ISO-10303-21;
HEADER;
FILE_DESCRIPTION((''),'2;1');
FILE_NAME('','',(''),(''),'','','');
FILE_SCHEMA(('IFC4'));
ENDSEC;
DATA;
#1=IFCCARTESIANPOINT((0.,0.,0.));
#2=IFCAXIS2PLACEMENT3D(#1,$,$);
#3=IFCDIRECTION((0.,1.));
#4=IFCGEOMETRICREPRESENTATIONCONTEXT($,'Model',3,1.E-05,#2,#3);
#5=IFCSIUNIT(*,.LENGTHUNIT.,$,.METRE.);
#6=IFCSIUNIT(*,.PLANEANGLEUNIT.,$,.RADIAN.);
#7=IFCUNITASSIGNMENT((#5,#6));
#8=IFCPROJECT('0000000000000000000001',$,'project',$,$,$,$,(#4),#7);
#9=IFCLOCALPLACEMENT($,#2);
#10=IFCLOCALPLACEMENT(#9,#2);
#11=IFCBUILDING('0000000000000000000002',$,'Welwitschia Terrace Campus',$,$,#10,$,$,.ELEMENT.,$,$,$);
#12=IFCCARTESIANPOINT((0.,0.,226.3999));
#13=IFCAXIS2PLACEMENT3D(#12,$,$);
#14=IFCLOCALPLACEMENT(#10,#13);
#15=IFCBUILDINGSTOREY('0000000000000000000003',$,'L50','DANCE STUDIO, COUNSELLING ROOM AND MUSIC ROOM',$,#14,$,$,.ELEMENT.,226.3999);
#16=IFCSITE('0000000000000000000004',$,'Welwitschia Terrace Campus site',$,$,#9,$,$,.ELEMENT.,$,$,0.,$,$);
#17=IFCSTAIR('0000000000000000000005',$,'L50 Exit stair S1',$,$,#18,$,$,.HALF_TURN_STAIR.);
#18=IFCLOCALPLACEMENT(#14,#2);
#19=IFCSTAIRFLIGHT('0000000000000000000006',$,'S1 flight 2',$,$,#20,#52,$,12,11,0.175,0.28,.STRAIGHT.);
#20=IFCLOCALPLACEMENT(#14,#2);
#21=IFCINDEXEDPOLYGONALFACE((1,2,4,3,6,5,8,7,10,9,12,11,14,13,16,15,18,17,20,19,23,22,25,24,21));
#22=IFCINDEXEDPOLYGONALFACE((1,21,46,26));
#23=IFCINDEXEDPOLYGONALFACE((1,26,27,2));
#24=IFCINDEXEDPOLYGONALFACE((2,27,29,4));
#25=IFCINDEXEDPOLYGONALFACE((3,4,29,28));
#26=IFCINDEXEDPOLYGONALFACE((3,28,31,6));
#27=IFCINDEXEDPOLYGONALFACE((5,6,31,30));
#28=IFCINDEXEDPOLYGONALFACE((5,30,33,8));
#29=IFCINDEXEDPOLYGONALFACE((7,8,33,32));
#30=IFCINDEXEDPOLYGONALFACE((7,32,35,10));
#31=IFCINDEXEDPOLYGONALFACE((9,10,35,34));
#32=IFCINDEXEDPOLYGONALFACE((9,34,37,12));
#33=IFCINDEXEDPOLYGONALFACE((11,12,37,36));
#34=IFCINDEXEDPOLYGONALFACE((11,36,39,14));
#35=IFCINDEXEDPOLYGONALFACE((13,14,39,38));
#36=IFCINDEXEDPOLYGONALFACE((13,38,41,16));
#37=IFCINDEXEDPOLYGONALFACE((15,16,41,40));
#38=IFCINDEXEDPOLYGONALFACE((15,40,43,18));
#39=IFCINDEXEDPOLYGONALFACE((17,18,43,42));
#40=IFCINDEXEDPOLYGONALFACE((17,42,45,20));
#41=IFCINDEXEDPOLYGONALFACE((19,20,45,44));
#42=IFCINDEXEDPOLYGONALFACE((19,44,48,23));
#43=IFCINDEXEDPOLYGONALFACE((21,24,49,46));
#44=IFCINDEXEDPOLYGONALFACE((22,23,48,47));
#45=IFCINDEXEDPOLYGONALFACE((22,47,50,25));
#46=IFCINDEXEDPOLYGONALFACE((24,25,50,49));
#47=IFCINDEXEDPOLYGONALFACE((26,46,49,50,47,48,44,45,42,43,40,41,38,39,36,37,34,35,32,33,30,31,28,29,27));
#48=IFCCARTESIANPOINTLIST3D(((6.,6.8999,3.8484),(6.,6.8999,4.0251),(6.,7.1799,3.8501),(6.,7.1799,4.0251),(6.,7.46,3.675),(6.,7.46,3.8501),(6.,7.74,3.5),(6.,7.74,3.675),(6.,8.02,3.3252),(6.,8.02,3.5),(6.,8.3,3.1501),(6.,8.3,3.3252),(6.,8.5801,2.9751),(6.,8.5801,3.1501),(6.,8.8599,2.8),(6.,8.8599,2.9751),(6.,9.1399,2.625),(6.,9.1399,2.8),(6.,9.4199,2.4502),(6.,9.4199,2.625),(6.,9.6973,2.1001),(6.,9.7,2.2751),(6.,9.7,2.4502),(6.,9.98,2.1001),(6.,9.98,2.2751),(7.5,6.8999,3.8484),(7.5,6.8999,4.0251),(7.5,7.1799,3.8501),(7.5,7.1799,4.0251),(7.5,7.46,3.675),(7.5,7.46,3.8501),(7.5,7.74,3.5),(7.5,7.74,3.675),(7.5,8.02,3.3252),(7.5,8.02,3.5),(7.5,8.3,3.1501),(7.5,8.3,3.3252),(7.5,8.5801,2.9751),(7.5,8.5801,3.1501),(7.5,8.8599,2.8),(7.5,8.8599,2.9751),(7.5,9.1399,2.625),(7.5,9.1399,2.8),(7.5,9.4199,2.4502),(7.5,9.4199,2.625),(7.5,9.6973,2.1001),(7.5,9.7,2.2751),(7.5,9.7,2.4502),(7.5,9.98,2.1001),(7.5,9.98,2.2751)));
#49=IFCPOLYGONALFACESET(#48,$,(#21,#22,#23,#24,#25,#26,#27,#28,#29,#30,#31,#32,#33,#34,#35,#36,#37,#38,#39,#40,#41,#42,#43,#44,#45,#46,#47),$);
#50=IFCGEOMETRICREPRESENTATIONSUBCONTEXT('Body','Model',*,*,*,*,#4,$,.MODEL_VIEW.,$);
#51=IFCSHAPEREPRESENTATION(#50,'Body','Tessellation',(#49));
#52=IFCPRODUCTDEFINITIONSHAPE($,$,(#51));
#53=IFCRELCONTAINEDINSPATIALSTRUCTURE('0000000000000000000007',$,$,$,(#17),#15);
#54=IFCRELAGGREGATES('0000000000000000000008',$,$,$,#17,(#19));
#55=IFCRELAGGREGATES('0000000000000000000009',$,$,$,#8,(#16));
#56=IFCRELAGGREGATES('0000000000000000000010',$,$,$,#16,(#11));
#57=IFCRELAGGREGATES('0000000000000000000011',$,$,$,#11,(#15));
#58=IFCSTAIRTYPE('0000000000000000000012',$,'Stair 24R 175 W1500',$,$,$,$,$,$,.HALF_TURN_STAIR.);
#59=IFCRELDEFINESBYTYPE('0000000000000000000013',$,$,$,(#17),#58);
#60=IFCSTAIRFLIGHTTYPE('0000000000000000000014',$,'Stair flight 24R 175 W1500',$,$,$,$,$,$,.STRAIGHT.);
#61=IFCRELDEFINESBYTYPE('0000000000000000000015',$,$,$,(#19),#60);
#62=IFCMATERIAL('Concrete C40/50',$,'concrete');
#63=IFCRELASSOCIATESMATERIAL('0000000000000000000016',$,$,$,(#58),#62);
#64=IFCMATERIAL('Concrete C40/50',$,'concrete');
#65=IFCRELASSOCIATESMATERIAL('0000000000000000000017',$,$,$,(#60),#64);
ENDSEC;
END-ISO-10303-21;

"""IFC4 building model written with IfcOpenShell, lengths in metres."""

from ifc_helpers import new_model, si_unit, direction, frame, origin, place, context, subcontext, project, spatial, polyline, outline, extrude, material, type_object, element, aggregate, save


model = new_model("IFC4")

# Units and contexts
model_context = context("Model", 3, precision=1e-05, world=origin(), true_north=direction((0.0, 1.0)))
body_context = subcontext(model_context, "Body", "Model", "MODEL_VIEW")
ifc_project = project(units=[si_unit("LENGTHUNIT", "METRE"), si_unit("PLANEANGLEUNIT", "RADIAN")], contexts=[model_context])

# Site, building, storey
site_placement = place(None, origin())
site = spatial("IfcSite", under=ifc_project, at=site_placement, Name="Welwitschia Terrace Campus site", CompositionType="ELEMENT", RefElevation=0.0)
building_placement = place(site_placement, origin())
building = spatial("IfcBuilding", under=site, at=building_placement, Name="Welwitschia Terrace Campus", CompositionType="ELEMENT")
storey_placement = place(building_placement, frame((0.0, 0.0, 226.3999)))
storey = spatial("IfcBuildingStorey", under=building, at=storey_placement, Name="L50", Description="DANCE STUDIO, COUNSELLING ROOM AND MUSIC ROOM", CompositionType="ELEMENT", Elevation=226.3999)

# Stair, stair flight
ifc_material_1 = material(Name="Concrete C40/50", Category="concrete")
stair_type = type_object("IfcStairType", Name="Stair 24R 175 W1500", PredefinedType="HALF_TURN_STAIR", material=ifc_material_1)
stair_placement = place(storey_placement, origin())
stair = element("IfcStair", 1, at=stair_placement, inside=storey, type_object=stair_type, Name="L50 Exit stair S1", PredefinedType="HALF_TURN_STAIR")
ifc_material_2 = material(Name="Concrete C40/50", Category="concrete")
stair_flight_type = type_object("IfcStairFlightType", Name="Stair flight 24R 175 W1500", PredefinedType="STRAIGHT", material=ifc_material_2)
stair_flight_1_placement = place(storey_placement, frame((6.75, 9.98, 2.1001), z_axis=(0.0, 0.0, 1.0), x_axis=(0.0, -1.0, 0.0)))
stair_flight_1 = element("IfcStairFlight", 2, at=stair_flight_1_placement, type_object=stair_flight_type, Name="S1 flight 2", NumberOfRisers=12, NumberOfTreads=11, PredefinedType="STRAIGHT", RiserHeight=0.175, TreadLength=0.28, context=body_context, shape_type="SweptSolid", body=[
    extrude(outline(polyline([(0.0, 0.0), (0.0, 0.175), (0.28, 0.175), (0.28, 0.3501), (0.5601, 0.3501), (0.5601, 0.5249), (0.8401, 0.5249), (0.8401, 0.7), (1.1201, 0.7), (1.1201, 0.875), (1.3999, 0.875), (1.3999, 1.05), (1.6799, 1.05), (1.6799, 1.2251), (1.96, 1.2251), (1.96, 1.3999), (2.24, 1.3999), (2.24, 1.575), (2.52, 1.575), (2.52, 1.75), (2.8, 1.75), (2.8, 1.925), (3.0801, 1.925), (3.0801, 2.1001), (3.0801, 1.7483), (0.2827, 0.0), (0.0, 0.0)])), frame((0.0, 0.75, 0.0), z_axis=(0.0, -1.0, 0.0), x_axis=(1.0, 0.0, 0.0)), (0.0, 0.0, 1.0), 1.5),
])
aggregate(stair, [stair_flight_1])

save(model, "model.ifc")
